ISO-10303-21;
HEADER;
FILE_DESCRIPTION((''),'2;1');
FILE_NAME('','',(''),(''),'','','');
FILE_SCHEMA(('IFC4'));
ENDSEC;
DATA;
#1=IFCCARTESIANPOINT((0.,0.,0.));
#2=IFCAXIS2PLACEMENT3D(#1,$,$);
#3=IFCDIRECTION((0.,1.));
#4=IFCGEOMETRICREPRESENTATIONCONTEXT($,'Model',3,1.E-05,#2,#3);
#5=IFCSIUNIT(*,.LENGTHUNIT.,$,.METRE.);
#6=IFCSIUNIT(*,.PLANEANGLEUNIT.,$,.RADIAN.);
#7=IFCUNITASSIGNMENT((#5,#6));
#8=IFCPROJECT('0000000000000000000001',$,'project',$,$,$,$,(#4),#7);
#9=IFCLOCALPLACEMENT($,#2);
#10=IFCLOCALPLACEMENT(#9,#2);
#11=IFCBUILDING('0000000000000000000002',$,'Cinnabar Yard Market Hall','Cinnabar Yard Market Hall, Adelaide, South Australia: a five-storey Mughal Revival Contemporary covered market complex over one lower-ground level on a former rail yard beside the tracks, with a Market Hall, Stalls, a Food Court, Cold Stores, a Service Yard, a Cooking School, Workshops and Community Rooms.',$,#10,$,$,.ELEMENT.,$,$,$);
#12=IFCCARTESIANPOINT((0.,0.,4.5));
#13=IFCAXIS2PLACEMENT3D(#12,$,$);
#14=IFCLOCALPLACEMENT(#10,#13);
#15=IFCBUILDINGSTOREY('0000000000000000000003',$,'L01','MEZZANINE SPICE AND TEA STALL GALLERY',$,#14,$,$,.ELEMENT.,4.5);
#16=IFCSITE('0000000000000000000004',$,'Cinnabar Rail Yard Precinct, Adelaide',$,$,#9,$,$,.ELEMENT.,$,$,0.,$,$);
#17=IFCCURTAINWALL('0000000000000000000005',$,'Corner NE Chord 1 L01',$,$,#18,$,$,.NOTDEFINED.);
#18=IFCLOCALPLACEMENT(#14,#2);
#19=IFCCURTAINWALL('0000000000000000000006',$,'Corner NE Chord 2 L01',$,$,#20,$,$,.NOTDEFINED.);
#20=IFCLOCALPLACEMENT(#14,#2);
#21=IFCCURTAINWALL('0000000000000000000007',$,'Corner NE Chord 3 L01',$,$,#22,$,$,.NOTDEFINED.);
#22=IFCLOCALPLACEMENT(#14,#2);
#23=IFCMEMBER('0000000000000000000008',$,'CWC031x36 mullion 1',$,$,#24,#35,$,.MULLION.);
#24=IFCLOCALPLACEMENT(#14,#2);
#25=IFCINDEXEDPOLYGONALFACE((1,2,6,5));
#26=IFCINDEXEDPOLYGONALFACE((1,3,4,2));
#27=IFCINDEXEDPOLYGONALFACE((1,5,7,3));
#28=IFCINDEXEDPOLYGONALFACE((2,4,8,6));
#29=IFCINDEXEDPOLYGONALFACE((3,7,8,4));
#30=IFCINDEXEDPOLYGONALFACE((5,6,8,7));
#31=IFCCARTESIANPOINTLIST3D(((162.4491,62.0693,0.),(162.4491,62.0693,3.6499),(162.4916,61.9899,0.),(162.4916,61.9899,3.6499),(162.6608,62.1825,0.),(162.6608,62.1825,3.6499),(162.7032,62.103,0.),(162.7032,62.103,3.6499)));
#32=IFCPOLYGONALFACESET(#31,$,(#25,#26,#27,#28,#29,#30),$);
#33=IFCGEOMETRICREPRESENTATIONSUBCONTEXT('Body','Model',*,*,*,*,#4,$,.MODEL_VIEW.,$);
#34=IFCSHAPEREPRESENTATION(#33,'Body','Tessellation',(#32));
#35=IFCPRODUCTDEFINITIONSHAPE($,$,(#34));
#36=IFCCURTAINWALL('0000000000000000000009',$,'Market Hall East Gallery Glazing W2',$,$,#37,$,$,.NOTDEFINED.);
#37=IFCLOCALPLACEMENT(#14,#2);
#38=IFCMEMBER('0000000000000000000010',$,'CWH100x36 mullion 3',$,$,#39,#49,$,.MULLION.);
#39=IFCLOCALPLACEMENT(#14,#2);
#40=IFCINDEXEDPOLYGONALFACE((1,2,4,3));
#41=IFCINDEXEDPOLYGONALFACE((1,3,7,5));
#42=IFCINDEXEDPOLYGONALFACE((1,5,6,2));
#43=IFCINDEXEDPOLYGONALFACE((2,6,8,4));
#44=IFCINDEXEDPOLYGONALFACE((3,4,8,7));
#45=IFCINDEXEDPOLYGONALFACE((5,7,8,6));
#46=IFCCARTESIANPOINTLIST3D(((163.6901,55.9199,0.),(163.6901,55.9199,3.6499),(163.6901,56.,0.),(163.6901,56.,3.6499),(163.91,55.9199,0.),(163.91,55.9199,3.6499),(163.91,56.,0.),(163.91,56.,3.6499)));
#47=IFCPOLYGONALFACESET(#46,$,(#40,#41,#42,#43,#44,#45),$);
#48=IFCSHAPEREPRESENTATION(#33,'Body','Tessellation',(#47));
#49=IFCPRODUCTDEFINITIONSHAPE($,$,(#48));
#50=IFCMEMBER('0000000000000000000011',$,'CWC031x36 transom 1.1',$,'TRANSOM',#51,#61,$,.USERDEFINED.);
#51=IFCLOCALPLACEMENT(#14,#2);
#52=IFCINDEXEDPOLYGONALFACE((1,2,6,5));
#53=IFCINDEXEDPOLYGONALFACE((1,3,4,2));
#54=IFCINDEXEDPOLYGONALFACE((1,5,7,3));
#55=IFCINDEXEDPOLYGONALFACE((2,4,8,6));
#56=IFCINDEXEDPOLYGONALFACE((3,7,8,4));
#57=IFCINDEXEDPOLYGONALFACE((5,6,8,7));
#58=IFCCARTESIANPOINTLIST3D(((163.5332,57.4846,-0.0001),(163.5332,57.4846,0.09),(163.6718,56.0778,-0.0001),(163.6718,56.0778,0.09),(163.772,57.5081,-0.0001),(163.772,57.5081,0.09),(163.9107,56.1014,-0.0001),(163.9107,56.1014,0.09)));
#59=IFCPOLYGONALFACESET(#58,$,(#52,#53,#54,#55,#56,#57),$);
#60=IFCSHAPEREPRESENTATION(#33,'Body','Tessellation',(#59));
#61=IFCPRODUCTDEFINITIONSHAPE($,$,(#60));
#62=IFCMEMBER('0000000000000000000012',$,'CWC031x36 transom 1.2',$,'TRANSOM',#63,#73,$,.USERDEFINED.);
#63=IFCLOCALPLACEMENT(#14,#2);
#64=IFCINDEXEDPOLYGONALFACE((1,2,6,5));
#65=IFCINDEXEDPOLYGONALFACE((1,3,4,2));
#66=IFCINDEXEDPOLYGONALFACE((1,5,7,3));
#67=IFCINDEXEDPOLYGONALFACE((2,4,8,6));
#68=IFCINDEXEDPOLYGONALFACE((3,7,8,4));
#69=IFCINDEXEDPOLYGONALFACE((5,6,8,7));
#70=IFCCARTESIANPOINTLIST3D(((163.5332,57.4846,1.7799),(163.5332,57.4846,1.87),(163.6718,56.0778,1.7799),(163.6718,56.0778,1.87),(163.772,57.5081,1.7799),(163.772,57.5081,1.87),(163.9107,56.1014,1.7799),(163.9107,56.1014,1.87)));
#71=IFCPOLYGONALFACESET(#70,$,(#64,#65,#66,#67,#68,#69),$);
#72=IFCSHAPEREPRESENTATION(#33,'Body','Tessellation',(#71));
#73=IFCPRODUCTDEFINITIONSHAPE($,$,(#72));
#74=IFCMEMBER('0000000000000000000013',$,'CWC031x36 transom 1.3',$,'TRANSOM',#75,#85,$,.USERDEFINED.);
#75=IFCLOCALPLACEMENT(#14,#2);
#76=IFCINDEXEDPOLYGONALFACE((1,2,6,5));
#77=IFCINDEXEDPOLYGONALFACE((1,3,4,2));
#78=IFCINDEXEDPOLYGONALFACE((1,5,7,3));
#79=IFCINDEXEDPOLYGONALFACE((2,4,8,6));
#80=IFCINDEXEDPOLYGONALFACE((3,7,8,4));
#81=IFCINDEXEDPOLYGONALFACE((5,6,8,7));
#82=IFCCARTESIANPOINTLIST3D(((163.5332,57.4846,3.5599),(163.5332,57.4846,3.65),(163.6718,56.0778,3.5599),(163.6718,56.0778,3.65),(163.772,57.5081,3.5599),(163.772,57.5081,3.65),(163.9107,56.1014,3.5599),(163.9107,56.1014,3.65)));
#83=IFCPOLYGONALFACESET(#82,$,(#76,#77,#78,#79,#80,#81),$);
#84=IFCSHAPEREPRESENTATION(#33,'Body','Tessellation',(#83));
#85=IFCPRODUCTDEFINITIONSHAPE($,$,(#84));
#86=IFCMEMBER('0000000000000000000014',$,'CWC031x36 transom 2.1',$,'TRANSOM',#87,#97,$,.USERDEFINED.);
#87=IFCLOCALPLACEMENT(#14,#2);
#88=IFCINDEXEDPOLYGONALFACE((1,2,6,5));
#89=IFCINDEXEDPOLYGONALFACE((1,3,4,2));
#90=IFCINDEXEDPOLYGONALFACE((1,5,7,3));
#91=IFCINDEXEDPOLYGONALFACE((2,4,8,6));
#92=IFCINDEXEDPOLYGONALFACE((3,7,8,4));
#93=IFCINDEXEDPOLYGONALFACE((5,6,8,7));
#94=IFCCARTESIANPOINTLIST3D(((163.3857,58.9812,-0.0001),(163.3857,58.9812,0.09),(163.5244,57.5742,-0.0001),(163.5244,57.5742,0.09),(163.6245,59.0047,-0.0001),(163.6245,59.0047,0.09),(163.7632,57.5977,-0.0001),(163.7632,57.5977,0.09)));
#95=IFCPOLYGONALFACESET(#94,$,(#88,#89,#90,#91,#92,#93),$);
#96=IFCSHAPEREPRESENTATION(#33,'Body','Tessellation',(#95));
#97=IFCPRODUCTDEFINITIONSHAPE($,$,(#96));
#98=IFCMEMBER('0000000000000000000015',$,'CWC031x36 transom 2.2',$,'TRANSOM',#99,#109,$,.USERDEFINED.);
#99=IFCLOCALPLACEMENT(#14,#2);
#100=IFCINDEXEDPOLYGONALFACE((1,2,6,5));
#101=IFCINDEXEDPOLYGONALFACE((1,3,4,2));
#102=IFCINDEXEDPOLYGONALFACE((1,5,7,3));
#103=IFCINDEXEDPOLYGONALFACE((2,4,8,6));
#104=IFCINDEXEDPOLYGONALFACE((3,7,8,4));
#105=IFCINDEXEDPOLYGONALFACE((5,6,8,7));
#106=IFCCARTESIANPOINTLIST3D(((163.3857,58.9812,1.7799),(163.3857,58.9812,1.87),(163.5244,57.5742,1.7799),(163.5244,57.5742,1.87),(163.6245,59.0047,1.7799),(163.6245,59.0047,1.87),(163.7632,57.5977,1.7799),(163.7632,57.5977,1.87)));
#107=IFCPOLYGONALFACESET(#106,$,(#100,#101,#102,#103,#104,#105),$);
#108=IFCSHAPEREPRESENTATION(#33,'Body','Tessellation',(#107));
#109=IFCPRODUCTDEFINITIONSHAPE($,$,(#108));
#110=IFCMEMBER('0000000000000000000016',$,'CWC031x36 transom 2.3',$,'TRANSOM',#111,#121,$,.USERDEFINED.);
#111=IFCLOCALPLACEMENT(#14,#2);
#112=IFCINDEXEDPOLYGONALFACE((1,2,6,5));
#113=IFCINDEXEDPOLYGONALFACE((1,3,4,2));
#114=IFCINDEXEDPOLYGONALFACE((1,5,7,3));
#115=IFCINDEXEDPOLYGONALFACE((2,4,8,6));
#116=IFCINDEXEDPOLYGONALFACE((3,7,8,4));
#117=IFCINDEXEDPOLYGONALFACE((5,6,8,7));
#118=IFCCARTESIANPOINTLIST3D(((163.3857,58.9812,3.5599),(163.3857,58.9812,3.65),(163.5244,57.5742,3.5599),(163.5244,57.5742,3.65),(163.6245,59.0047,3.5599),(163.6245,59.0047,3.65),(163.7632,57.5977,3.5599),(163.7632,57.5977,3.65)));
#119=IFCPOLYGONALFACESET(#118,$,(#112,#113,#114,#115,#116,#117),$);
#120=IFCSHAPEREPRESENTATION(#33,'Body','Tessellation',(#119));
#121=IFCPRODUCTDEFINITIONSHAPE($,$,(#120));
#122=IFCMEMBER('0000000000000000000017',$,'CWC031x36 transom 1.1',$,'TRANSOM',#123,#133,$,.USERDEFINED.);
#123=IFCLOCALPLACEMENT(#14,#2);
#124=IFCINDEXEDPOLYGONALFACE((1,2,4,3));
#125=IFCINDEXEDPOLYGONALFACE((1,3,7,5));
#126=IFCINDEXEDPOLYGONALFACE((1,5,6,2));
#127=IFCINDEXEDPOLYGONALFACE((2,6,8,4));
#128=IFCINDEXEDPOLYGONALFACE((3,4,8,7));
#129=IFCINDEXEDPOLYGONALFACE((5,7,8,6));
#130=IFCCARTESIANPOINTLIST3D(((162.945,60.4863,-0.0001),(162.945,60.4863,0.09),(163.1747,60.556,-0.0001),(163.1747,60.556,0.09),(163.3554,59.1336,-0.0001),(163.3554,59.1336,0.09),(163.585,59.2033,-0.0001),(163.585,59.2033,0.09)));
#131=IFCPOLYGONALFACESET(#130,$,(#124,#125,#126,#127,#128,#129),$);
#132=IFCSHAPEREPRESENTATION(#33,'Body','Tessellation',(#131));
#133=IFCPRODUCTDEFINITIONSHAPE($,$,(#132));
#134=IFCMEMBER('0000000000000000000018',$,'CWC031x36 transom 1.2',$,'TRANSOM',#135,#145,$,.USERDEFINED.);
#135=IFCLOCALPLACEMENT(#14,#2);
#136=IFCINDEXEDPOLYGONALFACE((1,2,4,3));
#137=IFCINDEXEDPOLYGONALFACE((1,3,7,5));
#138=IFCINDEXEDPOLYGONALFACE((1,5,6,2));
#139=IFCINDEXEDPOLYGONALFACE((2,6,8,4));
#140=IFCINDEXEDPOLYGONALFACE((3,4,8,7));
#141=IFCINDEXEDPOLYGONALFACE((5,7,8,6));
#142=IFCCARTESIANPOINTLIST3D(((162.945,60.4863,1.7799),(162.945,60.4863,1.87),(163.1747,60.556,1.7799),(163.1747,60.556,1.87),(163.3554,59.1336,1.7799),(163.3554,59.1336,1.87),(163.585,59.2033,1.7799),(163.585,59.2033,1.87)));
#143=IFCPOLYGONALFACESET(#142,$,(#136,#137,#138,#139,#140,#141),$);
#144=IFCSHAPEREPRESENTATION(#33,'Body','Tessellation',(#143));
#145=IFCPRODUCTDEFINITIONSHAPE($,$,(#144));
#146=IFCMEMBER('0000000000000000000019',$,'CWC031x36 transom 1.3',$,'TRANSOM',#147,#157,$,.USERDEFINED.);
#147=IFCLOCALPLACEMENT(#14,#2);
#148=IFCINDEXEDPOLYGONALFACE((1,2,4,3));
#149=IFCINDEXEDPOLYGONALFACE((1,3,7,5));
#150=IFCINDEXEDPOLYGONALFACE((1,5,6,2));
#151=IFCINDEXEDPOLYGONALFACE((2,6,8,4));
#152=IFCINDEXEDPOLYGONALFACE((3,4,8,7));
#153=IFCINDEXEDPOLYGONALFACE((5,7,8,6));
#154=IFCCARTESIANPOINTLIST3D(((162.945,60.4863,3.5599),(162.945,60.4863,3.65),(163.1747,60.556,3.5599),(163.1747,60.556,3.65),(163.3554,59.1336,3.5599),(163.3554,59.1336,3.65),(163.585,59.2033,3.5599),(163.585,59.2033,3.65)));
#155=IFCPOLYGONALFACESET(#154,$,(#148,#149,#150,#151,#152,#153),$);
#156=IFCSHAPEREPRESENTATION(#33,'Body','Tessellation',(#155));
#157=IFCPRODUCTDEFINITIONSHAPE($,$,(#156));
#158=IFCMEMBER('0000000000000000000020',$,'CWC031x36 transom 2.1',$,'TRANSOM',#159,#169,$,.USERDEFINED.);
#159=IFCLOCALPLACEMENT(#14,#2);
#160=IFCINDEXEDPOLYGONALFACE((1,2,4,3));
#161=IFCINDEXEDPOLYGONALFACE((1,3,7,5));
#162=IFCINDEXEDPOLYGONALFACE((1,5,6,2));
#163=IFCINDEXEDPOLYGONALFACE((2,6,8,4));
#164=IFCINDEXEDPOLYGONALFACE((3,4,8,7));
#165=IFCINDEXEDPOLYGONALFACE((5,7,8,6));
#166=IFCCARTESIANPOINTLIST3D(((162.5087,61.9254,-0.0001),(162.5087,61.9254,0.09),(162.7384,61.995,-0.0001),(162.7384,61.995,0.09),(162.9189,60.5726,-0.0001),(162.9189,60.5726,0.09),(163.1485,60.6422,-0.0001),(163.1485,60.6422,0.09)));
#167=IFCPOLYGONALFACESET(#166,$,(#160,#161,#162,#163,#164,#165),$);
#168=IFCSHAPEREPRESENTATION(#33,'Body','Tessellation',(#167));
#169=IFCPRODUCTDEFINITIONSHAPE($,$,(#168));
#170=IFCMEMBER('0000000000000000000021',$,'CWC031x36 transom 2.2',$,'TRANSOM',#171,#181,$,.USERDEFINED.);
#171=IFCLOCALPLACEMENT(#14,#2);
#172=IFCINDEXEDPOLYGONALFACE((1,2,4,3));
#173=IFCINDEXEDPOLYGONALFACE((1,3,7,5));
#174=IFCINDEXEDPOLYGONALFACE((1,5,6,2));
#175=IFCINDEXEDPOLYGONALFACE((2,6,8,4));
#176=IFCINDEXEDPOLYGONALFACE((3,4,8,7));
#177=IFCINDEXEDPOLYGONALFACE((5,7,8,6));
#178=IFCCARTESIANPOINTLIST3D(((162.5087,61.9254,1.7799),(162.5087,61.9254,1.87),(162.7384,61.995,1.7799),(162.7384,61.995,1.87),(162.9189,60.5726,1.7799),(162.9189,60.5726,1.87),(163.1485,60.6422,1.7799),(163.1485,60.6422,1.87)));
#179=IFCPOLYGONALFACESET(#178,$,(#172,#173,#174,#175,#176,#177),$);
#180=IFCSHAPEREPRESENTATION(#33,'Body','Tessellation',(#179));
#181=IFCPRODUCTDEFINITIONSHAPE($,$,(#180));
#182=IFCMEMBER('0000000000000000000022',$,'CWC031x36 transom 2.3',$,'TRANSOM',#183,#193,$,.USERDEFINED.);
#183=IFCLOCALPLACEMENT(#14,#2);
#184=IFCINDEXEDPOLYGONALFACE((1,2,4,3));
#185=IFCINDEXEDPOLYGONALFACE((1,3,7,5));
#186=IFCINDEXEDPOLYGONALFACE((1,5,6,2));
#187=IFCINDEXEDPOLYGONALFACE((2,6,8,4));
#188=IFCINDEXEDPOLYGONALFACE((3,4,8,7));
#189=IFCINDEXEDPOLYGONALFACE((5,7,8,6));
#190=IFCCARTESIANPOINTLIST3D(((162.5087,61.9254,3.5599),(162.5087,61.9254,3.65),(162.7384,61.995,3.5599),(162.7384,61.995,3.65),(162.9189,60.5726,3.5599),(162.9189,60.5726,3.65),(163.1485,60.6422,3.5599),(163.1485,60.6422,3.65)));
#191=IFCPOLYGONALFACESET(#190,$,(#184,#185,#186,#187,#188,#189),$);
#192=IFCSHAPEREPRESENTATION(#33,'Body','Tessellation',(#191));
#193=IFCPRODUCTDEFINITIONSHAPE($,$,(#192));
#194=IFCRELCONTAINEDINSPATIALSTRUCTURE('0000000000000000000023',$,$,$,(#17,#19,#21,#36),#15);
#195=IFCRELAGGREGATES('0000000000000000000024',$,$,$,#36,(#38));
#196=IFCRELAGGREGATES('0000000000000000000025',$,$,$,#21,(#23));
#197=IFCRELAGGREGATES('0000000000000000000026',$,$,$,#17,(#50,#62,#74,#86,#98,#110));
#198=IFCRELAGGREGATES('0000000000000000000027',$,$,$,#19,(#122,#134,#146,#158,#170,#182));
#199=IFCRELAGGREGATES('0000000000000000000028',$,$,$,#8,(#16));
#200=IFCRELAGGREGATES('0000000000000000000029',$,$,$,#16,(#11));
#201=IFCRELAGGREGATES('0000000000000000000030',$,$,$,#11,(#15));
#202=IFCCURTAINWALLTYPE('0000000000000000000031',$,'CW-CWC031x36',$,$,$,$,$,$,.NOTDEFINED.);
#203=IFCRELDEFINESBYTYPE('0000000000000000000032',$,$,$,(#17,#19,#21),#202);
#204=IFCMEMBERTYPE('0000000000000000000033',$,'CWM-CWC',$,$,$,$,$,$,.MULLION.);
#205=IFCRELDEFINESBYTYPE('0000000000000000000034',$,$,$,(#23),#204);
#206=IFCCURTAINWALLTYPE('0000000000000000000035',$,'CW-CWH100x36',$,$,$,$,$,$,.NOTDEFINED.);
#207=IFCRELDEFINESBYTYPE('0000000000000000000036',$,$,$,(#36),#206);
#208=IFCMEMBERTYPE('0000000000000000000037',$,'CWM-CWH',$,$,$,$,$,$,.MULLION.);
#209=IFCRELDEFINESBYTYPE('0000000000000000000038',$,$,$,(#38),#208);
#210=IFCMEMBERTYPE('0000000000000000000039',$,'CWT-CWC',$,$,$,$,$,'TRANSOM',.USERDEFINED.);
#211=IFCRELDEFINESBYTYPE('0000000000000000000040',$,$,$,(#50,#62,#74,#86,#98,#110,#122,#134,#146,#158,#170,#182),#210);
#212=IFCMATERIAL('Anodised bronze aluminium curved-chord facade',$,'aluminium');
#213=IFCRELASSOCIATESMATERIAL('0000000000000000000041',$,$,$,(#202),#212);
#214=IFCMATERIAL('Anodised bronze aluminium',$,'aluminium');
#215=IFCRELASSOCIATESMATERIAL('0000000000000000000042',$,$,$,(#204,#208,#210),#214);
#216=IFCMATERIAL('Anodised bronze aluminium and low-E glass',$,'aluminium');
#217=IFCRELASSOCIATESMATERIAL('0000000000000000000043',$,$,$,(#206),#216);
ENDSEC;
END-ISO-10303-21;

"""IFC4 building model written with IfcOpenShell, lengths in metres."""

from ifc_helpers import new_model, si_unit, direction, frame, origin, origin_2d_with_axis, place, context, subcontext, project, spatial, rectangle, extrude, material, material_profile, profile_set, type_object, element, aggregate, save


model = new_model("IFC4")

# Units and contexts
model_context = context("Model", 3, precision=1e-05, world=origin(), true_north=direction((0.0, 1.0)))
body_context = subcontext(model_context, "Body", "Model", "MODEL_VIEW")
ifc_project = project(units=[si_unit("LENGTHUNIT", "METRE"), si_unit("PLANEANGLEUNIT", "RADIAN")], contexts=[model_context])

# Site, building, storey
site_placement = place(None, origin())
site = spatial("IfcSite", under=ifc_project, at=site_placement, Name="Cinnabar Rail Yard Precinct, Adelaide", CompositionType="ELEMENT", RefElevation=0.0)
building_placement = place(site_placement, origin())
building = spatial("IfcBuilding", under=site, at=building_placement, Name="Cinnabar Yard Market Hall", Description="Cinnabar Yard Market Hall, Adelaide, South Australia: a five-storey Mughal Revival Contemporary covered market complex over one lower-ground level on a former rail yard beside the tracks, with a Market Hall, Stalls, a Food Court, Cold Stores, a Service Yard, a Cooking School, Workshops and Community Rooms.", CompositionType="ELEMENT")
storey_placement = place(building_placement, frame((0.0, 0.0, 4.5)))
storey = spatial("IfcBuildingStorey", under=building, at=storey_placement, Name="L01", Description="MEZZANINE SPICE AND TEA STALL GALLERY", CompositionType="ELEMENT", Elevation=4.5)

# Curtain walls
ifc_material_1 = material(Name="Anodised bronze aluminium curved-chord facade", Category="aluminium")
curtain_wall_type_1 = type_object("IfcCurtainWallType", Name="CW-CWC031x36", PredefinedType="NOTDEFINED", material=ifc_material_1)
curtain_wall_1_placement = place(storey_placement, origin())
curtain_wall_1 = element("IfcCurtainWall", 1, at=curtain_wall_1_placement, inside=storey, type_object=curtain_wall_type_1, Name="Corner NE Chord 1 L01", PredefinedType="NOTDEFINED")
ifc_material_2 = material(Name="Anodised bronze aluminium", Category="aluminium")
ifc_material_profile_1 = material_profile(ifc_material_2, rectangle(XDim=0.24, YDim=0.0901, at=origin_2d_with_axis()), Name="MUL-CWC")
ifc_profile_set_1 = profile_set([ifc_material_profile_1], Name="Anodised bronze aluminium")
member_type_1 = type_object("IfcMemberType", Name="CWM-CWC", PredefinedType="MULLION", material=ifc_profile_set_1)
curtain_wall_2_placement = place(storey_placement, origin())
curtain_wall_2 = element("IfcCurtainWall", 2, at=curtain_wall_2_placement, inside=storey, type_object=curtain_wall_type_1, Name="Corner NE Chord 2 L01", PredefinedType="NOTDEFINED")

# Curtain walls, members
curtain_wall_3_placement = place(storey_placement, origin())
curtain_wall_3 = element("IfcCurtainWall", 3, at=curtain_wall_3_placement, inside=storey, type_object=curtain_wall_type_1, Name="Corner NE Chord 3 L01", PredefinedType="NOTDEFINED")
member_1_placement = place(storey_placement, frame((162.5762, 62.0862, 0.0), z_axis=(0.0, 0.0, 1.0), x_axis=(-0.881917, -0.471404, 0.0)))
member_1 = element("IfcMember", 4, at=member_1_placement, type_object=member_type_1, Name="CWC031x36 mullion 1", PredefinedType="MULLION", context=body_context, shape_type="SweptSolid", body=[
    extrude(rectangle(XDim=0.24, YDim=0.0901, at=origin_2d_with_axis()), origin(), (0.0, 0.0, 1.0), 3.6499),
])
ifc_material_3 = material(Name="Anodised bronze aluminium and low-E glass", Category="aluminium")
curtain_wall_type_2 = type_object("IfcCurtainWallType", Name="CW-CWH100x36", PredefinedType="NOTDEFINED", material=ifc_material_3)
curtain_wall_4_placement = place(storey_placement, origin())
curtain_wall_4 = element("IfcCurtainWall", 5, at=curtain_wall_4_placement, inside=storey, type_object=curtain_wall_type_2, Name="Market Hall East Gallery Glazing W2", PredefinedType="NOTDEFINED")
ifc_material_profile_2 = material_profile(ifc_material_2, rectangle(XDim=0.22, YDim=0.0801, at=origin_2d_with_axis()), Name="MUL-CWH")
ifc_profile_set_2 = profile_set([ifc_material_profile_2], Name="Anodised bronze aluminium")
member_type_2 = type_object("IfcMemberType", Name="CWM-CWH", PredefinedType="MULLION", material=ifc_profile_set_2)
member_2_placement = place(storey_placement, frame((163.8, 55.96, 0.0), z_axis=(0.0, 0.0, 1.0), x_axis=(-1.0, 0.0, 0.0)))
member_2 = element("IfcMember", 6, at=member_2_placement, type_object=member_type_2, Name="CWH100x36 mullion 3", PredefinedType="MULLION", context=body_context, shape_type="SweptSolid", body=[
    extrude(rectangle(XDim=0.22, YDim=0.0801, at=origin_2d_with_axis()), origin(), (0.0, 0.0, 1.0), 3.6499),
])
aggregate(curtain_wall_4, [member_2])

# Members
ifc_material_profile_3 = material_profile(ifc_material_2, rectangle(XDim=0.24, YDim=0.0901, at=origin_2d_with_axis()), Name="TRN-CWC")
ifc_profile_set_3 = profile_set([ifc_material_profile_3], Name="Anodised bronze aluminium")
member_type_3 = type_object("IfcMemberType", Name="CWT-CWC", ElementType="TRANSOM", PredefinedType="USERDEFINED", material=ifc_profile_set_3)
member_3_placement = place(storey_placement, frame((163.7913, 56.0896, 0.0449), z_axis=(-0.098101, 0.995176, 0.0), x_axis=(-0.995176, -0.098101, 0.0)))
member_3 = element("IfcMember", 7, at=member_3_placement, type_object=member_type_3, Name="CWC031x36 transom 1.1", ObjectType="TRANSOM", PredefinedType="USERDEFINED", context=body_context, shape_type="SweptSolid", body=[
    extrude(rectangle(XDim=0.24, YDim=0.0901, at=origin_2d_with_axis()), origin(), (0.0, 0.0, 1.0), 1.4136),
])
member_4_placement = place(storey_placement, frame((163.7913, 56.0896, 1.825), z_axis=(-0.098101, 0.995176, 0.0), x_axis=(-0.995176, -0.098101, 0.0)))
member_4 = element("IfcMember", 8, at=member_4_placement, type_object=member_type_3, Name="CWC031x36 transom 1.2", ObjectType="TRANSOM", PredefinedType="USERDEFINED", context=body_context, shape_type="SweptSolid", body=[
    extrude(rectangle(XDim=0.24, YDim=0.0901, at=origin_2d_with_axis()), origin(), (0.0, 0.0, 1.0), 1.4136),
])
member_5_placement = place(storey_placement, frame((163.7913, 56.0896, 3.605), z_axis=(-0.098101, 0.995176, 0.0), x_axis=(-0.995176, -0.098101, 0.0)))
member_5 = element("IfcMember", 9, at=member_5_placement, type_object=member_type_3, Name="CWC031x36 transom 1.3", ObjectType="TRANSOM", PredefinedType="USERDEFINED", context=body_context, shape_type="SweptSolid", body=[
    extrude(rectangle(XDim=0.24, YDim=0.0901, at=origin_2d_with_axis()), origin(), (0.0, 0.0, 1.0), 1.4136),
])
member_6_placement = place(storey_placement, frame((163.6438, 57.5859, 0.0449), z_axis=(-0.098085, 0.995178, 0.0), x_axis=(-0.995178, -0.098085, 0.0)))
member_6 = element("IfcMember", 10, at=member_6_placement, type_object=member_type_3, Name="CWC031x36 transom 2.1", ObjectType="TRANSOM", PredefinedType="USERDEFINED", context=body_context, shape_type="SweptSolid", body=[
    extrude(rectangle(XDim=0.24, YDim=0.0901, at=origin_2d_with_axis()), origin(), (0.0, 0.0, 1.0), 1.4138),
])
member_7_placement = place(storey_placement, frame((163.6438, 57.5859, 1.825), z_axis=(-0.098085, 0.995178, 0.0), x_axis=(-0.995178, -0.098085, 0.0)))
member_7 = element("IfcMember", 11, at=member_7_placement, type_object=member_type_3, Name="CWC031x36 transom 2.2", ObjectType="TRANSOM", PredefinedType="USERDEFINED", context=body_context, shape_type="SweptSolid", body=[
    extrude(rectangle(XDim=0.24, YDim=0.0901, at=origin_2d_with_axis()), origin(), (0.0, 0.0, 1.0), 1.4138),
])
member_8_placement = place(storey_placement, frame((163.6438, 57.5859, 3.605), z_axis=(-0.098085, 0.995178, 0.0), x_axis=(-0.995178, -0.098085, 0.0)))
member_8 = element("IfcMember", 12, at=member_8_placement, type_object=member_type_3, Name="CWC031x36 transom 2.3", ObjectType="TRANSOM", PredefinedType="USERDEFINED", context=body_context, shape_type="SweptSolid", body=[
    extrude(rectangle(XDim=0.24, YDim=0.0901, at=origin_2d_with_axis()), origin(), (0.0, 0.0, 1.0), 1.4138),
])
member_9_placement = place(storey_placement, frame((163.4702, 59.1685, 0.0449), z_axis=(-0.290309, 0.956933, 0.0), x_axis=(-0.956933, -0.290309, 0.0)))
member_9 = element("IfcMember", 13, at=member_9_placement, type_object=member_type_3, Name="CWC031x36 transom 1.1", ObjectType="TRANSOM", PredefinedType="USERDEFINED", context=body_context, shape_type="SweptSolid", body=[
    extrude(rectangle(XDim=0.24, YDim=0.0901, at=origin_2d_with_axis()), origin(), (0.0, 0.0, 1.0), 1.4136),
])
member_10_placement = place(storey_placement, frame((163.4702, 59.1685, 1.825), z_axis=(-0.290309, 0.956933, 0.0), x_axis=(-0.956933, -0.290309, 0.0)))
member_10 = element("IfcMember", 14, at=member_10_placement, type_object=member_type_3, Name="CWC031x36 transom 1.2", ObjectType="TRANSOM", PredefinedType="USERDEFINED", context=body_context, shape_type="SweptSolid", body=[
    extrude(rectangle(XDim=0.24, YDim=0.0901, at=origin_2d_with_axis()), origin(), (0.0, 0.0, 1.0), 1.4136),
])
member_11_placement = place(storey_placement, frame((163.4702, 59.1685, 3.605), z_axis=(-0.290309, 0.956933, 0.0), x_axis=(-0.956933, -0.290309, 0.0)))
member_11 = element("IfcMember", 15, at=member_11_placement, type_object=member_type_3, Name="CWC031x36 transom 1.3", ObjectType="TRANSOM", PredefinedType="USERDEFINED", context=body_context, shape_type="SweptSolid", body=[
    extrude(rectangle(XDim=0.24, YDim=0.0901, at=origin_2d_with_axis()), origin(), (0.0, 0.0, 1.0), 1.4136),
])
member_12_placement = place(storey_placement, frame((163.0337, 60.6074, 0.0449), z_axis=(-0.290151, 0.956981, 0.0), x_axis=(-0.956981, -0.290151, 0.0)))
member_12 = element("IfcMember", 16, at=member_12_placement, type_object=member_type_3, Name="CWC031x36 transom 2.1", ObjectType="TRANSOM", PredefinedType="USERDEFINED", context=body_context, shape_type="SweptSolid", body=[
    extrude(rectangle(XDim=0.24, YDim=0.0901, at=origin_2d_with_axis()), origin(), (0.0, 0.0, 1.0), 1.4136),
])
member_13_placement = place(storey_placement, frame((163.0337, 60.6074, 1.825), z_axis=(-0.290151, 0.956981, 0.0), x_axis=(-0.956981, -0.290151, 0.0)))
member_13 = element("IfcMember", 17, at=member_13_placement, type_object=member_type_3, Name="CWC031x36 transom 2.2", ObjectType="TRANSOM", PredefinedType="USERDEFINED", context=body_context, shape_type="SweptSolid", body=[
    extrude(rectangle(XDim=0.24, YDim=0.0901, at=origin_2d_with_axis()), origin(), (0.0, 0.0, 1.0), 1.4136),
])
member_14_placement = place(storey_placement, frame((163.0337, 60.6074, 3.605), z_axis=(-0.290151, 0.956981, 0.0), x_axis=(-0.956981, -0.290151, 0.0)))
member_14 = element("IfcMember", 18, at=member_14_placement, type_object=member_type_3, Name="CWC031x36 transom 2.3", ObjectType="TRANSOM", PredefinedType="USERDEFINED", context=body_context, shape_type="SweptSolid", body=[
    extrude(rectangle(XDim=0.24, YDim=0.0901, at=origin_2d_with_axis()), origin(), (0.0, 0.0, 1.0), 1.4136),
])
aggregate(curtain_wall_3, [member_1])

aggregate(curtain_wall_1, [member_3, member_4, member_5, member_6, member_7, member_8])
aggregate(curtain_wall_2, [member_9, member_10, member_11, member_12, member_13, member_14])

save(model, "model.ifc")
